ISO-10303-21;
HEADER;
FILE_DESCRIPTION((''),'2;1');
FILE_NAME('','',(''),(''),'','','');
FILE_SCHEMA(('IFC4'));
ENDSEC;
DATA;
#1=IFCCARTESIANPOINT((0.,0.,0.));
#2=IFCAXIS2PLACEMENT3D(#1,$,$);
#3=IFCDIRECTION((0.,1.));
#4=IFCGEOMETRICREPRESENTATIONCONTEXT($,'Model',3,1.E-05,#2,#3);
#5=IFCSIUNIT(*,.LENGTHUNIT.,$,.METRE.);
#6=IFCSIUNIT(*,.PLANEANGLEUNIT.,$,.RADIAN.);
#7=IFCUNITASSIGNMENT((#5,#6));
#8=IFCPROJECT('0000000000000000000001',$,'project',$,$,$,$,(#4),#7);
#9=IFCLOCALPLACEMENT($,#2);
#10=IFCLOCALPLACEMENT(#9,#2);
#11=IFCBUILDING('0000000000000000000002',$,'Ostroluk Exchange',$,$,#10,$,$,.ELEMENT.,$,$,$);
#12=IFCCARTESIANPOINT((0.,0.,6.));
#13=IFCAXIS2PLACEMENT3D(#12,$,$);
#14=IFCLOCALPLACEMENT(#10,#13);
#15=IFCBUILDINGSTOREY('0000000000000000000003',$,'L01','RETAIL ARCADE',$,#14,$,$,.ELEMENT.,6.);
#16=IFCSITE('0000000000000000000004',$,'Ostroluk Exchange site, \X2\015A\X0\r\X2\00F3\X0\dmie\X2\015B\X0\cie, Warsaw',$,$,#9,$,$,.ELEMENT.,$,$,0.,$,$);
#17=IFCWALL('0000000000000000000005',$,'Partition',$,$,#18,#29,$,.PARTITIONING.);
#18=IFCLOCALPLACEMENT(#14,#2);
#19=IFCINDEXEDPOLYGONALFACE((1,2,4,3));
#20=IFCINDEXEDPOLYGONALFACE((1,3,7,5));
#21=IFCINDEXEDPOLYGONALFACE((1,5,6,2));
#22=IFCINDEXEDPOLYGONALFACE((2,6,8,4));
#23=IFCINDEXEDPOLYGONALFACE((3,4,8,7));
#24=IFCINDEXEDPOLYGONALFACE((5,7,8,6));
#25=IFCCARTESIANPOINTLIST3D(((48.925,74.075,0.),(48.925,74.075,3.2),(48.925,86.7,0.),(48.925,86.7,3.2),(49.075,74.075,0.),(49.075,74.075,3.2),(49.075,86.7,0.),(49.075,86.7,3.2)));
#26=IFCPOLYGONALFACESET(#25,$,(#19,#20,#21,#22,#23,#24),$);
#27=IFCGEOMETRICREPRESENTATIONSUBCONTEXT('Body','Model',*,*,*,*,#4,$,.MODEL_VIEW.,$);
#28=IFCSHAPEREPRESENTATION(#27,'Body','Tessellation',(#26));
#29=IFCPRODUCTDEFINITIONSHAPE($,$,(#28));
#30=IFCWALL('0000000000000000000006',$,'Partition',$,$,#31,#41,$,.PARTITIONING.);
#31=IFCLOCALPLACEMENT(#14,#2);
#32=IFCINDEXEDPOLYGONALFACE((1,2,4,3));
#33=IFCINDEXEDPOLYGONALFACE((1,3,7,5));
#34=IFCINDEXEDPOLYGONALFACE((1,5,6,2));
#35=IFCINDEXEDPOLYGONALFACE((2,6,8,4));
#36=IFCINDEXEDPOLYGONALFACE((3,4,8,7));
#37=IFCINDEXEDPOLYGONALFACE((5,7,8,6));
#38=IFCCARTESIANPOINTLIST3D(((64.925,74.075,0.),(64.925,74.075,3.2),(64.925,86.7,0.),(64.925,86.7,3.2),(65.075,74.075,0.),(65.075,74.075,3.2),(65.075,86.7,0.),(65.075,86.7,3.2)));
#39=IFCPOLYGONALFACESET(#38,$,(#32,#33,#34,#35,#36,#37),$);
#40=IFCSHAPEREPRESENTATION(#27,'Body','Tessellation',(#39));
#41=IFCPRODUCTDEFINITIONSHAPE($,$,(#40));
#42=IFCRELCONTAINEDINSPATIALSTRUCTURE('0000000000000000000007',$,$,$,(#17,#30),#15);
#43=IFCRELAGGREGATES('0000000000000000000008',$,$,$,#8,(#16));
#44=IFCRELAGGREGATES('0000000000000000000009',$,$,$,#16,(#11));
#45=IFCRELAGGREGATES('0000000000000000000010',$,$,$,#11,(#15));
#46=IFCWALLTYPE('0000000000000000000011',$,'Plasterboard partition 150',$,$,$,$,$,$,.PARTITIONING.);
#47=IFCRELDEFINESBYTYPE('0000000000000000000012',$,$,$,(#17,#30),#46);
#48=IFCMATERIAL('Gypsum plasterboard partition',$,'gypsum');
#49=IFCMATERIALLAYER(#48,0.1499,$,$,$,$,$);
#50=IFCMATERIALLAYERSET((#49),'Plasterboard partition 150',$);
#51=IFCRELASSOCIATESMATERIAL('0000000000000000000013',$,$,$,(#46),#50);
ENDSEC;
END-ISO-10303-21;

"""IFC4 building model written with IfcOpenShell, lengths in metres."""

from ifc_helpers import new_model, si_unit, direction, frame, frame_2d, origin, place, context, subcontext, project, spatial, rectangle, extrude, material, layer, layer_set, type_object, element, save


model = new_model("IFC4")

# Units and contexts
model_context = context("Model", 3, precision=1e-05, world=origin(), true_north=direction((0.0, 1.0)))
body_context = subcontext(model_context, "Body", "Model", "MODEL_VIEW")
ifc_project = project(units=[si_unit("LENGTHUNIT", "METRE"), si_unit("PLANEANGLEUNIT", "RADIAN")], contexts=[model_context])

# Site, building, storey
site_placement = place(None, origin())
site = spatial("IfcSite", under=ifc_project, at=site_placement, Name="Ostroluk Exchange site, Śródmieście, Warsaw", CompositionType="ELEMENT", RefElevation=0.0)
building_placement = place(site_placement, origin())
building = spatial("IfcBuilding", under=site, at=building_placement, Name="Ostroluk Exchange", CompositionType="ELEMENT")
storey_placement = place(building_placement, frame((0.0, 0.0, 6.0)))
storey = spatial("IfcBuildingStorey", under=building, at=storey_placement, Name="L01", Description="RETAIL ARCADE", CompositionType="ELEMENT", Elevation=6.0)

# Walls
ifc_material_1 = material(Name="Gypsum plasterboard partition", Category="gypsum")
ifc_layer_1 = layer(ifc_material_1, 0.1499)
ifc_layer_set_1 = layer_set([ifc_layer_1], Name="Plasterboard partition 150")
wall_type_1 = type_object("IfcWallType", Name="Plasterboard partition 150", PredefinedType="PARTITIONING", material=ifc_layer_set_1)
for number, where, z_axis, x_axis, name in (
    (1, (49.0, 74.075, 0.0), (0.0, 0.0, 1.0), (0.0, 1.0, 0.0), "Partition"),
    (2, (65.0, 74.075, 0.0), (0.0, 0.0, 1.0), (0.0, 1.0, 0.0), "Partition"),
):
    element("IfcWall", number, at=place(storey_placement, frame(where, z_axis=z_axis, x_axis=x_axis)), inside=storey, type_object=wall_type_1, Name=name, PredefinedType="PARTITIONING", context=body_context, shape_type="SweptSolid", body=[
        extrude(rectangle(XDim=12.625, YDim=0.1499, at=frame_2d((6.3125, 0.0))), origin(), (0.0, 0.0, 1.0), 3.2),
    ])

save(model, "model.ifc")
